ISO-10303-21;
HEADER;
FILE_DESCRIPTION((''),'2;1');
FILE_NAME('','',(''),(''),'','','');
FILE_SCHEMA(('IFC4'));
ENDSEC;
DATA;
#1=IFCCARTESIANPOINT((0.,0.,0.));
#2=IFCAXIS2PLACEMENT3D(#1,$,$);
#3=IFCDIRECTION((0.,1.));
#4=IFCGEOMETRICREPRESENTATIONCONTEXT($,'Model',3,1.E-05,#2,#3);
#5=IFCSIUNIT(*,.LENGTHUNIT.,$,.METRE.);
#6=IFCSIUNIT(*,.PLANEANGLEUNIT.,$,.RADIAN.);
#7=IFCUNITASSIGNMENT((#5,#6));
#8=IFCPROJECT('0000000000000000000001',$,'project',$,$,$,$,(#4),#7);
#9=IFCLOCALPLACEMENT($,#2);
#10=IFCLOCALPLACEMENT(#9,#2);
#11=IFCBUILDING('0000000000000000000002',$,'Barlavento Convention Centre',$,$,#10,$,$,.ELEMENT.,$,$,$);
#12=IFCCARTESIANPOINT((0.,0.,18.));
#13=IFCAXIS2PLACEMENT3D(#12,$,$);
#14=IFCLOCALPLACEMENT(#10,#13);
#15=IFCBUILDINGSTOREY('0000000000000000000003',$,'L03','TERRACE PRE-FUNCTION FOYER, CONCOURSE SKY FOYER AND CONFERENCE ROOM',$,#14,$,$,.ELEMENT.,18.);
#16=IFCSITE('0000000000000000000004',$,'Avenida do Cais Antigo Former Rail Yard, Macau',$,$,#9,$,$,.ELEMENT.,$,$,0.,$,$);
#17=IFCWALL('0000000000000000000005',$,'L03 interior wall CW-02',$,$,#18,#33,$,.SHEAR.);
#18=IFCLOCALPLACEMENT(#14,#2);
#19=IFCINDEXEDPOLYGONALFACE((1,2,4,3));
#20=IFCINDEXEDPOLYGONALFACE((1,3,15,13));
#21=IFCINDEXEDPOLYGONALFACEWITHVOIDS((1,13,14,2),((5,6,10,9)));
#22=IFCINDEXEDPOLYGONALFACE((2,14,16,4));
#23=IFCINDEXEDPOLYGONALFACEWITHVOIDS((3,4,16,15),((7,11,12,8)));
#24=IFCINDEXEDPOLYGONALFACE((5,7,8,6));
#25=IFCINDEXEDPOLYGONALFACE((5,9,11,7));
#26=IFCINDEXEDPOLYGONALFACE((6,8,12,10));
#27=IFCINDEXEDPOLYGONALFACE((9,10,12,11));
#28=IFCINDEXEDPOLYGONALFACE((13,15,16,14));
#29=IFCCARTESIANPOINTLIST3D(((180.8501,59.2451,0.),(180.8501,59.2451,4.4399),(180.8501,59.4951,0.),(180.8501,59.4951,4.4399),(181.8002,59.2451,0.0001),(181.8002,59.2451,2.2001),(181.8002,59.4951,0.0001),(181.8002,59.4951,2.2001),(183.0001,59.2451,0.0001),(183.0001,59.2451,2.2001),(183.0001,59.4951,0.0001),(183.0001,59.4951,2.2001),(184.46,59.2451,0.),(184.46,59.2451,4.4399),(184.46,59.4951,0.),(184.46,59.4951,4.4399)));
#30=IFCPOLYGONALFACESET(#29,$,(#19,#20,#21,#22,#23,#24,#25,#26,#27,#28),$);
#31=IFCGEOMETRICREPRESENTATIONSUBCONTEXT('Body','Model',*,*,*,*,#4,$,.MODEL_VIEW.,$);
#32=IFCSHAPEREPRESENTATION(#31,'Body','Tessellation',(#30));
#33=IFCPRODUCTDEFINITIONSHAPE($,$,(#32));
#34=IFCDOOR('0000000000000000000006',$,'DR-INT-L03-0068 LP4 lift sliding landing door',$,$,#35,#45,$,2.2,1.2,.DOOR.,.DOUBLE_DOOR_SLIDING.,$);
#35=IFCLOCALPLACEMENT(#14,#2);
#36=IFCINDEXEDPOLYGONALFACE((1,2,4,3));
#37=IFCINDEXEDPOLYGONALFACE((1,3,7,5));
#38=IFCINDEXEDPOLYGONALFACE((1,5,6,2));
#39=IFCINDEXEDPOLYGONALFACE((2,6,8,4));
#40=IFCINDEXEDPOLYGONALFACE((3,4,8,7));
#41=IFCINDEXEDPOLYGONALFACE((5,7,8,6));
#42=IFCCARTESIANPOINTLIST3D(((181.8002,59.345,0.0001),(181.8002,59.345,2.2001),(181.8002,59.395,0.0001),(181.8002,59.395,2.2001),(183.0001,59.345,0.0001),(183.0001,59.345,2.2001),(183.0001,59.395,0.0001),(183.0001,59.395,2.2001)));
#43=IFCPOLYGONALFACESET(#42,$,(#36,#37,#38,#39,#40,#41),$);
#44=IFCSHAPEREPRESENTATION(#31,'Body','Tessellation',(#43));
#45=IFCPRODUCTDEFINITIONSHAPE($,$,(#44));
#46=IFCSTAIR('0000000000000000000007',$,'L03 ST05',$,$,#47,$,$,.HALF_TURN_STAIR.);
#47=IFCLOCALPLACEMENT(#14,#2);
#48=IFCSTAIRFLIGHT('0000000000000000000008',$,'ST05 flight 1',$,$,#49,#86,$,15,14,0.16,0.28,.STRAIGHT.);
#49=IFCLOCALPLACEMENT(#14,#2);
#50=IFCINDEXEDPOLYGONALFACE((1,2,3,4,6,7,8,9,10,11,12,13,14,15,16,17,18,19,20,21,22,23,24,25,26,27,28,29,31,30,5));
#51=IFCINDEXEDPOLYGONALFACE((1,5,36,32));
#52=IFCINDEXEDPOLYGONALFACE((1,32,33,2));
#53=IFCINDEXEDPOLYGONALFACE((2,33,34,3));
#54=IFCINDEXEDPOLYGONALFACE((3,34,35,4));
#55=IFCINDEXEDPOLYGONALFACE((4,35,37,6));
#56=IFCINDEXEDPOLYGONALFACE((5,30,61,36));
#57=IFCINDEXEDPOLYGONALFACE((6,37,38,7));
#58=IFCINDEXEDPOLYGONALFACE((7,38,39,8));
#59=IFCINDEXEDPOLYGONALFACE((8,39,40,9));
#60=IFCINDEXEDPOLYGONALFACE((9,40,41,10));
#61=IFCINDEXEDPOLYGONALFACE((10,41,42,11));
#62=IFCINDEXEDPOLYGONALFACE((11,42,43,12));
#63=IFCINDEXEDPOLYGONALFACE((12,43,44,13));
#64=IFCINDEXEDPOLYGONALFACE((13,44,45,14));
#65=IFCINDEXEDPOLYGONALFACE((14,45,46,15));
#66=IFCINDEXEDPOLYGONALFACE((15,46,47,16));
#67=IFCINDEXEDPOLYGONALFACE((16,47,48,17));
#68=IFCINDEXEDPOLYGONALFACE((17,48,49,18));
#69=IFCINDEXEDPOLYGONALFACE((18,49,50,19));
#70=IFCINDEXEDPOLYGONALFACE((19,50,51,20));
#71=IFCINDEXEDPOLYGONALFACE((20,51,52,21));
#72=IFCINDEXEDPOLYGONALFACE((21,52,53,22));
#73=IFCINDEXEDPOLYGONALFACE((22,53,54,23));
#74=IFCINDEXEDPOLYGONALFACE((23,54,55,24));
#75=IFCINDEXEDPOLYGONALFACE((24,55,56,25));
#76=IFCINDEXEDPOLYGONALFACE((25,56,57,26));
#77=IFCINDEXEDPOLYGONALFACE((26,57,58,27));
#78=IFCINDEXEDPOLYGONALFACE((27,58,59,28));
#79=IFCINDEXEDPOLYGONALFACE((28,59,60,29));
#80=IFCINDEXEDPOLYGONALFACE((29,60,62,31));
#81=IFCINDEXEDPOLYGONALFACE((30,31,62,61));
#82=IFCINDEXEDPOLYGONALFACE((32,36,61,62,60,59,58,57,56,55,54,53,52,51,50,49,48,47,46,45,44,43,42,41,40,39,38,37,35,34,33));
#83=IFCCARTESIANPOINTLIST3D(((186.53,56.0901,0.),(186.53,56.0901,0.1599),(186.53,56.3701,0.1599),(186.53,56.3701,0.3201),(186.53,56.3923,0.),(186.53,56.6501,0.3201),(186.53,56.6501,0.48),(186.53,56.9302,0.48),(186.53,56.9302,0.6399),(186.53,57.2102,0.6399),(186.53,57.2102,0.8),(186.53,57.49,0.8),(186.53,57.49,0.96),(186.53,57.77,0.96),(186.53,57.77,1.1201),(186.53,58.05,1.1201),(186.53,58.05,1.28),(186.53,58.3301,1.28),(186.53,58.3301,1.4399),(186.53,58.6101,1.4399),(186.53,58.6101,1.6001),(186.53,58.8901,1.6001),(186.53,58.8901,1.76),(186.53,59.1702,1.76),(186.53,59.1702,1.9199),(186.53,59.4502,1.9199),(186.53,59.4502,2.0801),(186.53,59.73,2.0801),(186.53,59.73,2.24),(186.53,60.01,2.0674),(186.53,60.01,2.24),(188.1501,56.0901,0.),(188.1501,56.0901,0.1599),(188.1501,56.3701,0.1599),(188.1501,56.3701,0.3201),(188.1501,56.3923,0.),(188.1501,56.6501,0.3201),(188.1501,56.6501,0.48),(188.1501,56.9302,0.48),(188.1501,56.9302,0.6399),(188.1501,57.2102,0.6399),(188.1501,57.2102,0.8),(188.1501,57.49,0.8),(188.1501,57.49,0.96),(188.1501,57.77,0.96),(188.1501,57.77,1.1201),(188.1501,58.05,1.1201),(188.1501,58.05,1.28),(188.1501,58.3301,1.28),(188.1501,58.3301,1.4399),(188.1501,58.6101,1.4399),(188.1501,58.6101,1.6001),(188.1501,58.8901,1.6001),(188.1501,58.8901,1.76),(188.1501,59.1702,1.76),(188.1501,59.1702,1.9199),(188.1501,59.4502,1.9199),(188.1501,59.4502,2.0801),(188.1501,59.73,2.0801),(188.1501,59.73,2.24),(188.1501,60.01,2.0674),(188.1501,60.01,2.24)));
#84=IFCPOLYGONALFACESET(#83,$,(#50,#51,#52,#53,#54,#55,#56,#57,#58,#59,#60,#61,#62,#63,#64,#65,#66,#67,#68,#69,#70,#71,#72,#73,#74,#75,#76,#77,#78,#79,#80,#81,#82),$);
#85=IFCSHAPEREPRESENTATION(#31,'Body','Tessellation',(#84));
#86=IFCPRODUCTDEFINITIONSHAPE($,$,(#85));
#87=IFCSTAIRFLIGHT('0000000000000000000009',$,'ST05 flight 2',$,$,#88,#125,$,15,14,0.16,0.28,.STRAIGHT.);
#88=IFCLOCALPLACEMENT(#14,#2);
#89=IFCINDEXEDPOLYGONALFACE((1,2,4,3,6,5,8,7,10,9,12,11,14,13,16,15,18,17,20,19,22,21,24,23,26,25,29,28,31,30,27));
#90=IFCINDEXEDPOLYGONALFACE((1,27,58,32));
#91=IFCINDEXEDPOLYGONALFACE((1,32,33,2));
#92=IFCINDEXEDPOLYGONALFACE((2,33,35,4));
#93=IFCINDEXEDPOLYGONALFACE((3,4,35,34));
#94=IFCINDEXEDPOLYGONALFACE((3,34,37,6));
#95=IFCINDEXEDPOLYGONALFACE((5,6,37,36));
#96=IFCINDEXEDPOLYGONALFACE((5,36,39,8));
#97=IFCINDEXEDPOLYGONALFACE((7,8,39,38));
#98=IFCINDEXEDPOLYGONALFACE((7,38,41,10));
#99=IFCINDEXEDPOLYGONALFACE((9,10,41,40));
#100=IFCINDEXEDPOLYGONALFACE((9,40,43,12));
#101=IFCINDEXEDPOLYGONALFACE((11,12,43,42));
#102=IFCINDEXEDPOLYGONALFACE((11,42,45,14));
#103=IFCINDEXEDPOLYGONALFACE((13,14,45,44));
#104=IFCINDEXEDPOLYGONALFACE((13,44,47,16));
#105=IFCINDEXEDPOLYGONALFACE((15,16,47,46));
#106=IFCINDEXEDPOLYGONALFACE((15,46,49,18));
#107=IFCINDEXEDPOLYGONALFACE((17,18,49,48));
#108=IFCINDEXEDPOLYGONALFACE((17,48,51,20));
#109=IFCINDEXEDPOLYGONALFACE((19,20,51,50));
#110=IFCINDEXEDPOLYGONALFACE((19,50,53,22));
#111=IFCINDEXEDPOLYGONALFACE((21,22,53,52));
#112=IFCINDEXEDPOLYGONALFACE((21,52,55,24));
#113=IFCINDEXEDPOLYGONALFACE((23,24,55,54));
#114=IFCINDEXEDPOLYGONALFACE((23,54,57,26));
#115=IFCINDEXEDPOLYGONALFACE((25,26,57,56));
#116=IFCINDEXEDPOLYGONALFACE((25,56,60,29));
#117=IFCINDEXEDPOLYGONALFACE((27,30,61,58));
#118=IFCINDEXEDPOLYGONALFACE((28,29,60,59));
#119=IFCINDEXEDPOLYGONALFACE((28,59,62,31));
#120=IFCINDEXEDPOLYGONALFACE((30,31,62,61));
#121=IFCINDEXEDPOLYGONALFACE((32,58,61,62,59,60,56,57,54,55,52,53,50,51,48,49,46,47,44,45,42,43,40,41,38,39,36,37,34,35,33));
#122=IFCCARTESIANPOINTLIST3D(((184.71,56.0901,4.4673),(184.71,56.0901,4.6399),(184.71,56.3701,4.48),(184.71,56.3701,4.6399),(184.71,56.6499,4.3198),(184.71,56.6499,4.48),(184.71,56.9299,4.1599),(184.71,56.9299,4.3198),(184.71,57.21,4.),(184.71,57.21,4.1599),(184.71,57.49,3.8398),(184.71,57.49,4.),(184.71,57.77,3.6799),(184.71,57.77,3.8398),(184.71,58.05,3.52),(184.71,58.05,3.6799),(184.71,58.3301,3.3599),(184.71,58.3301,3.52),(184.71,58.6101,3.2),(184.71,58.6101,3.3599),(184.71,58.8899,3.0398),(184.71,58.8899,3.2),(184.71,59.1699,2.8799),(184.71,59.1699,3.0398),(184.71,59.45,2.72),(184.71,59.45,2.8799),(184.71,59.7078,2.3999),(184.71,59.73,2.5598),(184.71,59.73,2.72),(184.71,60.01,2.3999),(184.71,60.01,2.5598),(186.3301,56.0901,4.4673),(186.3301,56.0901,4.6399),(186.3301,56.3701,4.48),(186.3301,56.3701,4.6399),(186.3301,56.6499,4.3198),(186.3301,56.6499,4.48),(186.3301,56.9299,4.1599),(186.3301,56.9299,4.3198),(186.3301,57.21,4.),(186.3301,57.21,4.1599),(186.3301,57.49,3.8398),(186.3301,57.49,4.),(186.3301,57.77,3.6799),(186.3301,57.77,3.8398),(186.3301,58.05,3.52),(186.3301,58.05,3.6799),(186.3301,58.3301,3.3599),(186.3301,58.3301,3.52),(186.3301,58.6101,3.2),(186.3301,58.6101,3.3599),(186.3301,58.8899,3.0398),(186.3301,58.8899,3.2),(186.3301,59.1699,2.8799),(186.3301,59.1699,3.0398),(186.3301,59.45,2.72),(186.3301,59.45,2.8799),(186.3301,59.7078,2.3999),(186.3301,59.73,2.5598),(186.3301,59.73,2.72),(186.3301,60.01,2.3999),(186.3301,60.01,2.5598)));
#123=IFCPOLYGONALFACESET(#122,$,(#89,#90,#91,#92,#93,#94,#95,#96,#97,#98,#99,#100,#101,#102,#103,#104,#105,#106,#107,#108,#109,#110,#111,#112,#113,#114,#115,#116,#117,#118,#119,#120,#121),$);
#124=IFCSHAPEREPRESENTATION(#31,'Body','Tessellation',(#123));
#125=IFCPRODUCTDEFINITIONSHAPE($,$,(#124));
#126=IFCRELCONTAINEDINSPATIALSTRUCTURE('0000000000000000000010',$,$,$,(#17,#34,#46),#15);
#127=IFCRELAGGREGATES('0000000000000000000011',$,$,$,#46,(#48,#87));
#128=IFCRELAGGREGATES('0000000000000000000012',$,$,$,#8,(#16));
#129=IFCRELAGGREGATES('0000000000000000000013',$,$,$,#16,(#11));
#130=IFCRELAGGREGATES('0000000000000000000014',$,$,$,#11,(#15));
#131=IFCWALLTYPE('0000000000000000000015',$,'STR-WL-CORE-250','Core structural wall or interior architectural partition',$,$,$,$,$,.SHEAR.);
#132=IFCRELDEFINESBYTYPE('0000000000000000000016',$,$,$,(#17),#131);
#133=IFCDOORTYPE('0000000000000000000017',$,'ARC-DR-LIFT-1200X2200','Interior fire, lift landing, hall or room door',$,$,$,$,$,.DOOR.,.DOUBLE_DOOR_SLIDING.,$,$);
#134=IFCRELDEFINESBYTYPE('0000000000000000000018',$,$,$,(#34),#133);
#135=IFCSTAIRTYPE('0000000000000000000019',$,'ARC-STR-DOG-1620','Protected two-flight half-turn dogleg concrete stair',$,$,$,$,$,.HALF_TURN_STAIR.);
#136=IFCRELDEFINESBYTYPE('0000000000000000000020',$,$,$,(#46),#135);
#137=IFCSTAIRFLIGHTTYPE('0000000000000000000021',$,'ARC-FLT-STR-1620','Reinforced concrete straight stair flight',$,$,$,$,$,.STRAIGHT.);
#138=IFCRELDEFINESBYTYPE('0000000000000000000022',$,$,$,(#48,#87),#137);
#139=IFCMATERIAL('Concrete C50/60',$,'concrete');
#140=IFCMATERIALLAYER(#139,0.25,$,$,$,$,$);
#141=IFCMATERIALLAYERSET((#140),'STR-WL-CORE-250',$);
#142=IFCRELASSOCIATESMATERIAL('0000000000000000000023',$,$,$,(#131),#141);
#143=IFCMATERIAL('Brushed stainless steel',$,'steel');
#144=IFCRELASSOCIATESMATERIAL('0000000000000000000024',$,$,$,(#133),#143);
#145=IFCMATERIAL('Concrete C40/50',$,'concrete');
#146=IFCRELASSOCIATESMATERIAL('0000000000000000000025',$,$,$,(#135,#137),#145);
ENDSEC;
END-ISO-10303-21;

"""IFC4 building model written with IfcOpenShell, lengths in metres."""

from ifc_helpers import new_model, si_unit, direction, frame, frame_2d, origin, place, context, subcontext, project, spatial, polyline, rectangle, outline, extrude, material, layer, layer_set, type_object, element, fill, aggregate, save


model = new_model("IFC4")

# Units and contexts
model_context = context("Model", 3, precision=1e-05, world=origin(), true_north=direction((0.0, 1.0)))
body_context = subcontext(model_context, "Body", "Model", "MODEL_VIEW")
ifc_project = project(units=[si_unit("LENGTHUNIT", "METRE"), si_unit("PLANEANGLEUNIT", "RADIAN")], contexts=[model_context])

# Site, building, storey
site_placement = place(None, origin())
site = spatial("IfcSite", under=ifc_project, at=site_placement, Name="Avenida do Cais Antigo Former Rail Yard, Macau", CompositionType="ELEMENT", RefElevation=0.0)
building_placement = place(site_placement, origin())
building = spatial("IfcBuilding", under=site, at=building_placement, Name="Barlavento Convention Centre", CompositionType="ELEMENT")
storey_placement = place(building_placement, frame((0.0, 0.0, 18.0)))
storey = spatial("IfcBuildingStorey", under=building, at=storey_placement, Name="L03", Description="TERRACE PRE-FUNCTION FOYER, CONCOURSE SKY FOYER AND CONFERENCE ROOM", CompositionType="ELEMENT", Elevation=18.0)

# Shared definitions
ifc_material_1 = material(Name="Concrete C50/60", Category="concrete")
ifc_layer = layer(ifc_material_1, 0.25)
ifc_layer_set = layer_set([ifc_layer], Name="STR-WL-CORE-250")
wall_type = type_object("IfcWallType", Name="STR-WL-CORE-250", Description="Core structural wall or interior architectural partition", PredefinedType="SHEAR", material=ifc_layer_set)

# Wall, opening, door
wall_1_placement = place(storey_placement, frame((180.8501, 59.3701, 0.0), z_axis=(0.0, 0.0, 1.0), x_axis=(1.0, 0.0, 0.0)))
wall_1 = element("IfcWall", 1, at=wall_1_placement, inside=storey, type_object=wall_type, Name="L03 interior wall CW-02", PredefinedType="SHEAR", context=body_context, shape_type="SweptSolid", body=[
    extrude(rectangle(XDim=3.6099, YDim=0.25, at=frame_2d((1.8049, 0.0))), origin(), (0.0, 0.0, 1.0), 4.4399),
])
opening_1_placement = place(wall_1_placement, frame((0.95, 0.0, 0.0)))
opening_1 = element("IfcOpeningElement", 2, at=opening_1_placement, cuts=wall_1, PredefinedType="OPENING", context=body_context, shape_type="SweptSolid", body=[
    extrude(rectangle(XDim=1.2, YDim=2.2, at=frame_2d((0.6001, 1.1001))), frame((0.0, 0.135, 0.0), z_axis=(0.0, -1.0, 0.0), x_axis=(1.0, 0.0, 0.0)), (0.0, 0.0, 1.0), 0.27),
])
ifc_material_2 = material(Name="Brushed stainless steel", Category="steel")
door_type_1 = type_object("IfcDoorType", Name="ARC-DR-LIFT-1200X2200", Description="Interior fire, lift landing, hall or room door", OperationType="DOUBLE_DOOR_SLIDING", PredefinedType="DOOR", material=ifc_material_2)
door_1_placement = place(opening_1_placement, origin())
door_1 = element("IfcDoor", 3, at=door_1_placement, inside=storey, type_object=door_type_1, Name="DR-INT-L03-0068 LP4 lift sliding landing door", OperationType="DOUBLE_DOOR_SLIDING", OverallHeight=2.2, OverallWidth=1.2, PredefinedType="DOOR", context=body_context, shape_type="SweptSolid", body=[
    extrude(rectangle(XDim=1.2, YDim=2.2, at=frame_2d((0.6001, 1.1001))), frame((0.0, 0.0249, 0.0), z_axis=(0.0, -1.0, 0.0), x_axis=(1.0, 0.0, 0.0)), (0.0, 0.0, 1.0), 0.05),
])
fill(opening_1, door_1)

# Stair, stair flights
ifc_material_3 = material(Name="Concrete C40/50", Category="concrete")
stair_type = type_object("IfcStairType", Name="ARC-STR-DOG-1620", Description="Protected two-flight half-turn dogleg concrete stair", PredefinedType="HALF_TURN_STAIR", material=ifc_material_3)
stair_placement = place(storey_placement, origin())
stair = element("IfcStair", 4, at=stair_placement, inside=storey, type_object=stair_type, Name="L03 ST05", PredefinedType="HALF_TURN_STAIR")
stair_flight_type = type_object("IfcStairFlightType", Name="ARC-FLT-STR-1620", Description="Reinforced concrete straight stair flight", PredefinedType="STRAIGHT", material=ifc_material_3)
stair_flight_1_placement = place(storey_placement, frame((187.3401, 56.0901, 0.0), z_axis=(0.0, 0.0, 1.0), x_axis=(0.0, 1.0, 0.0)))
stair_flight_1 = element("IfcStairFlight", 5, at=stair_flight_1_placement, type_object=stair_flight_type, Name="ST05 flight 1", NumberOfRisers=15, NumberOfTreads=14, PredefinedType="STRAIGHT", RiserHeight=0.16, TreadLength=0.28, context=body_context, shape_type="SweptSolid", body=[
    extrude(outline(polyline([(0.0, 0.0), (0.0, 0.1599), (0.28, 0.1599), (0.28, 0.3201), (0.5601, 0.3201), (0.5601, 0.48), (0.8401, 0.48), (0.8401, 0.6399), (1.1201, 0.6399), (1.1201, 0.8), (1.3999, 0.8), (1.3999, 0.96), (1.6799, 0.96), (1.6799, 1.1201), (1.96, 1.1201), (1.96, 1.28), (2.24, 1.28), (2.24, 1.4399), (2.52, 1.4399), (2.52, 1.6001), (2.8, 1.6001), (2.8, 1.76), (3.0801, 1.76), (3.0801, 1.9199), (3.3601, 1.9199), (3.3601, 2.0801), (3.6399, 2.0801), (3.6399, 2.24), (3.9199, 2.24), (3.9199, 2.3999), (3.9199, 2.0674), (0.3022, 0.0), (0.0, 0.0)])), frame((0.0, 0.8101, 0.0), z_axis=(0.0, -1.0, 0.0), x_axis=(1.0, 0.0, 0.0)), (0.0, 0.0, 1.0), 1.6201),
])
stair_flight_2_placement = place(storey_placement, frame((185.52, 60.01, 2.3999), z_axis=(0.0, 0.0, 1.0), x_axis=(0.0, -1.0, 0.0)))
stair_flight_2 = element("IfcStairFlight", 6, at=stair_flight_2_placement, type_object=stair_flight_type, Name="ST05 flight 2", NumberOfRisers=15, NumberOfTreads=14, PredefinedType="STRAIGHT", RiserHeight=0.16, TreadLength=0.28, context=body_context, shape_type="SweptSolid", body=[
    extrude(outline(polyline([(0.0, 0.0), (0.0, 0.1599), (0.28, 0.1599), (0.28, 0.3201), (0.5601, 0.3201), (0.5601, 0.48), (0.8401, 0.48), (0.8401, 0.6399), (1.1201, 0.6399), (1.1201, 0.8), (1.3999, 0.8), (1.3999, 0.96), (1.6799, 0.96), (1.6799, 1.1201), (1.96, 1.1201), (1.96, 1.28), (2.24, 1.28), (2.24, 1.4399), (2.52, 1.4399), (2.52, 1.6001), (2.8, 1.6001), (2.8, 1.76), (3.0801, 1.76), (3.0801, 1.9199), (3.3601, 1.9199), (3.3601, 2.0801), (3.6399, 2.0801), (3.6399, 2.24), (3.9199, 2.24), (3.9199, 2.3999), (3.9199, 2.0674), (0.3022, 0.0), (0.0, 0.0)])), frame((0.0, 0.8101, 0.0), z_axis=(0.0, -1.0, 0.0), x_axis=(1.0, 0.0, 0.0)), (0.0, 0.0, 1.0), 1.6201),
])
aggregate(stair, [stair_flight_1, stair_flight_2])

save(model, "model.ifc")
